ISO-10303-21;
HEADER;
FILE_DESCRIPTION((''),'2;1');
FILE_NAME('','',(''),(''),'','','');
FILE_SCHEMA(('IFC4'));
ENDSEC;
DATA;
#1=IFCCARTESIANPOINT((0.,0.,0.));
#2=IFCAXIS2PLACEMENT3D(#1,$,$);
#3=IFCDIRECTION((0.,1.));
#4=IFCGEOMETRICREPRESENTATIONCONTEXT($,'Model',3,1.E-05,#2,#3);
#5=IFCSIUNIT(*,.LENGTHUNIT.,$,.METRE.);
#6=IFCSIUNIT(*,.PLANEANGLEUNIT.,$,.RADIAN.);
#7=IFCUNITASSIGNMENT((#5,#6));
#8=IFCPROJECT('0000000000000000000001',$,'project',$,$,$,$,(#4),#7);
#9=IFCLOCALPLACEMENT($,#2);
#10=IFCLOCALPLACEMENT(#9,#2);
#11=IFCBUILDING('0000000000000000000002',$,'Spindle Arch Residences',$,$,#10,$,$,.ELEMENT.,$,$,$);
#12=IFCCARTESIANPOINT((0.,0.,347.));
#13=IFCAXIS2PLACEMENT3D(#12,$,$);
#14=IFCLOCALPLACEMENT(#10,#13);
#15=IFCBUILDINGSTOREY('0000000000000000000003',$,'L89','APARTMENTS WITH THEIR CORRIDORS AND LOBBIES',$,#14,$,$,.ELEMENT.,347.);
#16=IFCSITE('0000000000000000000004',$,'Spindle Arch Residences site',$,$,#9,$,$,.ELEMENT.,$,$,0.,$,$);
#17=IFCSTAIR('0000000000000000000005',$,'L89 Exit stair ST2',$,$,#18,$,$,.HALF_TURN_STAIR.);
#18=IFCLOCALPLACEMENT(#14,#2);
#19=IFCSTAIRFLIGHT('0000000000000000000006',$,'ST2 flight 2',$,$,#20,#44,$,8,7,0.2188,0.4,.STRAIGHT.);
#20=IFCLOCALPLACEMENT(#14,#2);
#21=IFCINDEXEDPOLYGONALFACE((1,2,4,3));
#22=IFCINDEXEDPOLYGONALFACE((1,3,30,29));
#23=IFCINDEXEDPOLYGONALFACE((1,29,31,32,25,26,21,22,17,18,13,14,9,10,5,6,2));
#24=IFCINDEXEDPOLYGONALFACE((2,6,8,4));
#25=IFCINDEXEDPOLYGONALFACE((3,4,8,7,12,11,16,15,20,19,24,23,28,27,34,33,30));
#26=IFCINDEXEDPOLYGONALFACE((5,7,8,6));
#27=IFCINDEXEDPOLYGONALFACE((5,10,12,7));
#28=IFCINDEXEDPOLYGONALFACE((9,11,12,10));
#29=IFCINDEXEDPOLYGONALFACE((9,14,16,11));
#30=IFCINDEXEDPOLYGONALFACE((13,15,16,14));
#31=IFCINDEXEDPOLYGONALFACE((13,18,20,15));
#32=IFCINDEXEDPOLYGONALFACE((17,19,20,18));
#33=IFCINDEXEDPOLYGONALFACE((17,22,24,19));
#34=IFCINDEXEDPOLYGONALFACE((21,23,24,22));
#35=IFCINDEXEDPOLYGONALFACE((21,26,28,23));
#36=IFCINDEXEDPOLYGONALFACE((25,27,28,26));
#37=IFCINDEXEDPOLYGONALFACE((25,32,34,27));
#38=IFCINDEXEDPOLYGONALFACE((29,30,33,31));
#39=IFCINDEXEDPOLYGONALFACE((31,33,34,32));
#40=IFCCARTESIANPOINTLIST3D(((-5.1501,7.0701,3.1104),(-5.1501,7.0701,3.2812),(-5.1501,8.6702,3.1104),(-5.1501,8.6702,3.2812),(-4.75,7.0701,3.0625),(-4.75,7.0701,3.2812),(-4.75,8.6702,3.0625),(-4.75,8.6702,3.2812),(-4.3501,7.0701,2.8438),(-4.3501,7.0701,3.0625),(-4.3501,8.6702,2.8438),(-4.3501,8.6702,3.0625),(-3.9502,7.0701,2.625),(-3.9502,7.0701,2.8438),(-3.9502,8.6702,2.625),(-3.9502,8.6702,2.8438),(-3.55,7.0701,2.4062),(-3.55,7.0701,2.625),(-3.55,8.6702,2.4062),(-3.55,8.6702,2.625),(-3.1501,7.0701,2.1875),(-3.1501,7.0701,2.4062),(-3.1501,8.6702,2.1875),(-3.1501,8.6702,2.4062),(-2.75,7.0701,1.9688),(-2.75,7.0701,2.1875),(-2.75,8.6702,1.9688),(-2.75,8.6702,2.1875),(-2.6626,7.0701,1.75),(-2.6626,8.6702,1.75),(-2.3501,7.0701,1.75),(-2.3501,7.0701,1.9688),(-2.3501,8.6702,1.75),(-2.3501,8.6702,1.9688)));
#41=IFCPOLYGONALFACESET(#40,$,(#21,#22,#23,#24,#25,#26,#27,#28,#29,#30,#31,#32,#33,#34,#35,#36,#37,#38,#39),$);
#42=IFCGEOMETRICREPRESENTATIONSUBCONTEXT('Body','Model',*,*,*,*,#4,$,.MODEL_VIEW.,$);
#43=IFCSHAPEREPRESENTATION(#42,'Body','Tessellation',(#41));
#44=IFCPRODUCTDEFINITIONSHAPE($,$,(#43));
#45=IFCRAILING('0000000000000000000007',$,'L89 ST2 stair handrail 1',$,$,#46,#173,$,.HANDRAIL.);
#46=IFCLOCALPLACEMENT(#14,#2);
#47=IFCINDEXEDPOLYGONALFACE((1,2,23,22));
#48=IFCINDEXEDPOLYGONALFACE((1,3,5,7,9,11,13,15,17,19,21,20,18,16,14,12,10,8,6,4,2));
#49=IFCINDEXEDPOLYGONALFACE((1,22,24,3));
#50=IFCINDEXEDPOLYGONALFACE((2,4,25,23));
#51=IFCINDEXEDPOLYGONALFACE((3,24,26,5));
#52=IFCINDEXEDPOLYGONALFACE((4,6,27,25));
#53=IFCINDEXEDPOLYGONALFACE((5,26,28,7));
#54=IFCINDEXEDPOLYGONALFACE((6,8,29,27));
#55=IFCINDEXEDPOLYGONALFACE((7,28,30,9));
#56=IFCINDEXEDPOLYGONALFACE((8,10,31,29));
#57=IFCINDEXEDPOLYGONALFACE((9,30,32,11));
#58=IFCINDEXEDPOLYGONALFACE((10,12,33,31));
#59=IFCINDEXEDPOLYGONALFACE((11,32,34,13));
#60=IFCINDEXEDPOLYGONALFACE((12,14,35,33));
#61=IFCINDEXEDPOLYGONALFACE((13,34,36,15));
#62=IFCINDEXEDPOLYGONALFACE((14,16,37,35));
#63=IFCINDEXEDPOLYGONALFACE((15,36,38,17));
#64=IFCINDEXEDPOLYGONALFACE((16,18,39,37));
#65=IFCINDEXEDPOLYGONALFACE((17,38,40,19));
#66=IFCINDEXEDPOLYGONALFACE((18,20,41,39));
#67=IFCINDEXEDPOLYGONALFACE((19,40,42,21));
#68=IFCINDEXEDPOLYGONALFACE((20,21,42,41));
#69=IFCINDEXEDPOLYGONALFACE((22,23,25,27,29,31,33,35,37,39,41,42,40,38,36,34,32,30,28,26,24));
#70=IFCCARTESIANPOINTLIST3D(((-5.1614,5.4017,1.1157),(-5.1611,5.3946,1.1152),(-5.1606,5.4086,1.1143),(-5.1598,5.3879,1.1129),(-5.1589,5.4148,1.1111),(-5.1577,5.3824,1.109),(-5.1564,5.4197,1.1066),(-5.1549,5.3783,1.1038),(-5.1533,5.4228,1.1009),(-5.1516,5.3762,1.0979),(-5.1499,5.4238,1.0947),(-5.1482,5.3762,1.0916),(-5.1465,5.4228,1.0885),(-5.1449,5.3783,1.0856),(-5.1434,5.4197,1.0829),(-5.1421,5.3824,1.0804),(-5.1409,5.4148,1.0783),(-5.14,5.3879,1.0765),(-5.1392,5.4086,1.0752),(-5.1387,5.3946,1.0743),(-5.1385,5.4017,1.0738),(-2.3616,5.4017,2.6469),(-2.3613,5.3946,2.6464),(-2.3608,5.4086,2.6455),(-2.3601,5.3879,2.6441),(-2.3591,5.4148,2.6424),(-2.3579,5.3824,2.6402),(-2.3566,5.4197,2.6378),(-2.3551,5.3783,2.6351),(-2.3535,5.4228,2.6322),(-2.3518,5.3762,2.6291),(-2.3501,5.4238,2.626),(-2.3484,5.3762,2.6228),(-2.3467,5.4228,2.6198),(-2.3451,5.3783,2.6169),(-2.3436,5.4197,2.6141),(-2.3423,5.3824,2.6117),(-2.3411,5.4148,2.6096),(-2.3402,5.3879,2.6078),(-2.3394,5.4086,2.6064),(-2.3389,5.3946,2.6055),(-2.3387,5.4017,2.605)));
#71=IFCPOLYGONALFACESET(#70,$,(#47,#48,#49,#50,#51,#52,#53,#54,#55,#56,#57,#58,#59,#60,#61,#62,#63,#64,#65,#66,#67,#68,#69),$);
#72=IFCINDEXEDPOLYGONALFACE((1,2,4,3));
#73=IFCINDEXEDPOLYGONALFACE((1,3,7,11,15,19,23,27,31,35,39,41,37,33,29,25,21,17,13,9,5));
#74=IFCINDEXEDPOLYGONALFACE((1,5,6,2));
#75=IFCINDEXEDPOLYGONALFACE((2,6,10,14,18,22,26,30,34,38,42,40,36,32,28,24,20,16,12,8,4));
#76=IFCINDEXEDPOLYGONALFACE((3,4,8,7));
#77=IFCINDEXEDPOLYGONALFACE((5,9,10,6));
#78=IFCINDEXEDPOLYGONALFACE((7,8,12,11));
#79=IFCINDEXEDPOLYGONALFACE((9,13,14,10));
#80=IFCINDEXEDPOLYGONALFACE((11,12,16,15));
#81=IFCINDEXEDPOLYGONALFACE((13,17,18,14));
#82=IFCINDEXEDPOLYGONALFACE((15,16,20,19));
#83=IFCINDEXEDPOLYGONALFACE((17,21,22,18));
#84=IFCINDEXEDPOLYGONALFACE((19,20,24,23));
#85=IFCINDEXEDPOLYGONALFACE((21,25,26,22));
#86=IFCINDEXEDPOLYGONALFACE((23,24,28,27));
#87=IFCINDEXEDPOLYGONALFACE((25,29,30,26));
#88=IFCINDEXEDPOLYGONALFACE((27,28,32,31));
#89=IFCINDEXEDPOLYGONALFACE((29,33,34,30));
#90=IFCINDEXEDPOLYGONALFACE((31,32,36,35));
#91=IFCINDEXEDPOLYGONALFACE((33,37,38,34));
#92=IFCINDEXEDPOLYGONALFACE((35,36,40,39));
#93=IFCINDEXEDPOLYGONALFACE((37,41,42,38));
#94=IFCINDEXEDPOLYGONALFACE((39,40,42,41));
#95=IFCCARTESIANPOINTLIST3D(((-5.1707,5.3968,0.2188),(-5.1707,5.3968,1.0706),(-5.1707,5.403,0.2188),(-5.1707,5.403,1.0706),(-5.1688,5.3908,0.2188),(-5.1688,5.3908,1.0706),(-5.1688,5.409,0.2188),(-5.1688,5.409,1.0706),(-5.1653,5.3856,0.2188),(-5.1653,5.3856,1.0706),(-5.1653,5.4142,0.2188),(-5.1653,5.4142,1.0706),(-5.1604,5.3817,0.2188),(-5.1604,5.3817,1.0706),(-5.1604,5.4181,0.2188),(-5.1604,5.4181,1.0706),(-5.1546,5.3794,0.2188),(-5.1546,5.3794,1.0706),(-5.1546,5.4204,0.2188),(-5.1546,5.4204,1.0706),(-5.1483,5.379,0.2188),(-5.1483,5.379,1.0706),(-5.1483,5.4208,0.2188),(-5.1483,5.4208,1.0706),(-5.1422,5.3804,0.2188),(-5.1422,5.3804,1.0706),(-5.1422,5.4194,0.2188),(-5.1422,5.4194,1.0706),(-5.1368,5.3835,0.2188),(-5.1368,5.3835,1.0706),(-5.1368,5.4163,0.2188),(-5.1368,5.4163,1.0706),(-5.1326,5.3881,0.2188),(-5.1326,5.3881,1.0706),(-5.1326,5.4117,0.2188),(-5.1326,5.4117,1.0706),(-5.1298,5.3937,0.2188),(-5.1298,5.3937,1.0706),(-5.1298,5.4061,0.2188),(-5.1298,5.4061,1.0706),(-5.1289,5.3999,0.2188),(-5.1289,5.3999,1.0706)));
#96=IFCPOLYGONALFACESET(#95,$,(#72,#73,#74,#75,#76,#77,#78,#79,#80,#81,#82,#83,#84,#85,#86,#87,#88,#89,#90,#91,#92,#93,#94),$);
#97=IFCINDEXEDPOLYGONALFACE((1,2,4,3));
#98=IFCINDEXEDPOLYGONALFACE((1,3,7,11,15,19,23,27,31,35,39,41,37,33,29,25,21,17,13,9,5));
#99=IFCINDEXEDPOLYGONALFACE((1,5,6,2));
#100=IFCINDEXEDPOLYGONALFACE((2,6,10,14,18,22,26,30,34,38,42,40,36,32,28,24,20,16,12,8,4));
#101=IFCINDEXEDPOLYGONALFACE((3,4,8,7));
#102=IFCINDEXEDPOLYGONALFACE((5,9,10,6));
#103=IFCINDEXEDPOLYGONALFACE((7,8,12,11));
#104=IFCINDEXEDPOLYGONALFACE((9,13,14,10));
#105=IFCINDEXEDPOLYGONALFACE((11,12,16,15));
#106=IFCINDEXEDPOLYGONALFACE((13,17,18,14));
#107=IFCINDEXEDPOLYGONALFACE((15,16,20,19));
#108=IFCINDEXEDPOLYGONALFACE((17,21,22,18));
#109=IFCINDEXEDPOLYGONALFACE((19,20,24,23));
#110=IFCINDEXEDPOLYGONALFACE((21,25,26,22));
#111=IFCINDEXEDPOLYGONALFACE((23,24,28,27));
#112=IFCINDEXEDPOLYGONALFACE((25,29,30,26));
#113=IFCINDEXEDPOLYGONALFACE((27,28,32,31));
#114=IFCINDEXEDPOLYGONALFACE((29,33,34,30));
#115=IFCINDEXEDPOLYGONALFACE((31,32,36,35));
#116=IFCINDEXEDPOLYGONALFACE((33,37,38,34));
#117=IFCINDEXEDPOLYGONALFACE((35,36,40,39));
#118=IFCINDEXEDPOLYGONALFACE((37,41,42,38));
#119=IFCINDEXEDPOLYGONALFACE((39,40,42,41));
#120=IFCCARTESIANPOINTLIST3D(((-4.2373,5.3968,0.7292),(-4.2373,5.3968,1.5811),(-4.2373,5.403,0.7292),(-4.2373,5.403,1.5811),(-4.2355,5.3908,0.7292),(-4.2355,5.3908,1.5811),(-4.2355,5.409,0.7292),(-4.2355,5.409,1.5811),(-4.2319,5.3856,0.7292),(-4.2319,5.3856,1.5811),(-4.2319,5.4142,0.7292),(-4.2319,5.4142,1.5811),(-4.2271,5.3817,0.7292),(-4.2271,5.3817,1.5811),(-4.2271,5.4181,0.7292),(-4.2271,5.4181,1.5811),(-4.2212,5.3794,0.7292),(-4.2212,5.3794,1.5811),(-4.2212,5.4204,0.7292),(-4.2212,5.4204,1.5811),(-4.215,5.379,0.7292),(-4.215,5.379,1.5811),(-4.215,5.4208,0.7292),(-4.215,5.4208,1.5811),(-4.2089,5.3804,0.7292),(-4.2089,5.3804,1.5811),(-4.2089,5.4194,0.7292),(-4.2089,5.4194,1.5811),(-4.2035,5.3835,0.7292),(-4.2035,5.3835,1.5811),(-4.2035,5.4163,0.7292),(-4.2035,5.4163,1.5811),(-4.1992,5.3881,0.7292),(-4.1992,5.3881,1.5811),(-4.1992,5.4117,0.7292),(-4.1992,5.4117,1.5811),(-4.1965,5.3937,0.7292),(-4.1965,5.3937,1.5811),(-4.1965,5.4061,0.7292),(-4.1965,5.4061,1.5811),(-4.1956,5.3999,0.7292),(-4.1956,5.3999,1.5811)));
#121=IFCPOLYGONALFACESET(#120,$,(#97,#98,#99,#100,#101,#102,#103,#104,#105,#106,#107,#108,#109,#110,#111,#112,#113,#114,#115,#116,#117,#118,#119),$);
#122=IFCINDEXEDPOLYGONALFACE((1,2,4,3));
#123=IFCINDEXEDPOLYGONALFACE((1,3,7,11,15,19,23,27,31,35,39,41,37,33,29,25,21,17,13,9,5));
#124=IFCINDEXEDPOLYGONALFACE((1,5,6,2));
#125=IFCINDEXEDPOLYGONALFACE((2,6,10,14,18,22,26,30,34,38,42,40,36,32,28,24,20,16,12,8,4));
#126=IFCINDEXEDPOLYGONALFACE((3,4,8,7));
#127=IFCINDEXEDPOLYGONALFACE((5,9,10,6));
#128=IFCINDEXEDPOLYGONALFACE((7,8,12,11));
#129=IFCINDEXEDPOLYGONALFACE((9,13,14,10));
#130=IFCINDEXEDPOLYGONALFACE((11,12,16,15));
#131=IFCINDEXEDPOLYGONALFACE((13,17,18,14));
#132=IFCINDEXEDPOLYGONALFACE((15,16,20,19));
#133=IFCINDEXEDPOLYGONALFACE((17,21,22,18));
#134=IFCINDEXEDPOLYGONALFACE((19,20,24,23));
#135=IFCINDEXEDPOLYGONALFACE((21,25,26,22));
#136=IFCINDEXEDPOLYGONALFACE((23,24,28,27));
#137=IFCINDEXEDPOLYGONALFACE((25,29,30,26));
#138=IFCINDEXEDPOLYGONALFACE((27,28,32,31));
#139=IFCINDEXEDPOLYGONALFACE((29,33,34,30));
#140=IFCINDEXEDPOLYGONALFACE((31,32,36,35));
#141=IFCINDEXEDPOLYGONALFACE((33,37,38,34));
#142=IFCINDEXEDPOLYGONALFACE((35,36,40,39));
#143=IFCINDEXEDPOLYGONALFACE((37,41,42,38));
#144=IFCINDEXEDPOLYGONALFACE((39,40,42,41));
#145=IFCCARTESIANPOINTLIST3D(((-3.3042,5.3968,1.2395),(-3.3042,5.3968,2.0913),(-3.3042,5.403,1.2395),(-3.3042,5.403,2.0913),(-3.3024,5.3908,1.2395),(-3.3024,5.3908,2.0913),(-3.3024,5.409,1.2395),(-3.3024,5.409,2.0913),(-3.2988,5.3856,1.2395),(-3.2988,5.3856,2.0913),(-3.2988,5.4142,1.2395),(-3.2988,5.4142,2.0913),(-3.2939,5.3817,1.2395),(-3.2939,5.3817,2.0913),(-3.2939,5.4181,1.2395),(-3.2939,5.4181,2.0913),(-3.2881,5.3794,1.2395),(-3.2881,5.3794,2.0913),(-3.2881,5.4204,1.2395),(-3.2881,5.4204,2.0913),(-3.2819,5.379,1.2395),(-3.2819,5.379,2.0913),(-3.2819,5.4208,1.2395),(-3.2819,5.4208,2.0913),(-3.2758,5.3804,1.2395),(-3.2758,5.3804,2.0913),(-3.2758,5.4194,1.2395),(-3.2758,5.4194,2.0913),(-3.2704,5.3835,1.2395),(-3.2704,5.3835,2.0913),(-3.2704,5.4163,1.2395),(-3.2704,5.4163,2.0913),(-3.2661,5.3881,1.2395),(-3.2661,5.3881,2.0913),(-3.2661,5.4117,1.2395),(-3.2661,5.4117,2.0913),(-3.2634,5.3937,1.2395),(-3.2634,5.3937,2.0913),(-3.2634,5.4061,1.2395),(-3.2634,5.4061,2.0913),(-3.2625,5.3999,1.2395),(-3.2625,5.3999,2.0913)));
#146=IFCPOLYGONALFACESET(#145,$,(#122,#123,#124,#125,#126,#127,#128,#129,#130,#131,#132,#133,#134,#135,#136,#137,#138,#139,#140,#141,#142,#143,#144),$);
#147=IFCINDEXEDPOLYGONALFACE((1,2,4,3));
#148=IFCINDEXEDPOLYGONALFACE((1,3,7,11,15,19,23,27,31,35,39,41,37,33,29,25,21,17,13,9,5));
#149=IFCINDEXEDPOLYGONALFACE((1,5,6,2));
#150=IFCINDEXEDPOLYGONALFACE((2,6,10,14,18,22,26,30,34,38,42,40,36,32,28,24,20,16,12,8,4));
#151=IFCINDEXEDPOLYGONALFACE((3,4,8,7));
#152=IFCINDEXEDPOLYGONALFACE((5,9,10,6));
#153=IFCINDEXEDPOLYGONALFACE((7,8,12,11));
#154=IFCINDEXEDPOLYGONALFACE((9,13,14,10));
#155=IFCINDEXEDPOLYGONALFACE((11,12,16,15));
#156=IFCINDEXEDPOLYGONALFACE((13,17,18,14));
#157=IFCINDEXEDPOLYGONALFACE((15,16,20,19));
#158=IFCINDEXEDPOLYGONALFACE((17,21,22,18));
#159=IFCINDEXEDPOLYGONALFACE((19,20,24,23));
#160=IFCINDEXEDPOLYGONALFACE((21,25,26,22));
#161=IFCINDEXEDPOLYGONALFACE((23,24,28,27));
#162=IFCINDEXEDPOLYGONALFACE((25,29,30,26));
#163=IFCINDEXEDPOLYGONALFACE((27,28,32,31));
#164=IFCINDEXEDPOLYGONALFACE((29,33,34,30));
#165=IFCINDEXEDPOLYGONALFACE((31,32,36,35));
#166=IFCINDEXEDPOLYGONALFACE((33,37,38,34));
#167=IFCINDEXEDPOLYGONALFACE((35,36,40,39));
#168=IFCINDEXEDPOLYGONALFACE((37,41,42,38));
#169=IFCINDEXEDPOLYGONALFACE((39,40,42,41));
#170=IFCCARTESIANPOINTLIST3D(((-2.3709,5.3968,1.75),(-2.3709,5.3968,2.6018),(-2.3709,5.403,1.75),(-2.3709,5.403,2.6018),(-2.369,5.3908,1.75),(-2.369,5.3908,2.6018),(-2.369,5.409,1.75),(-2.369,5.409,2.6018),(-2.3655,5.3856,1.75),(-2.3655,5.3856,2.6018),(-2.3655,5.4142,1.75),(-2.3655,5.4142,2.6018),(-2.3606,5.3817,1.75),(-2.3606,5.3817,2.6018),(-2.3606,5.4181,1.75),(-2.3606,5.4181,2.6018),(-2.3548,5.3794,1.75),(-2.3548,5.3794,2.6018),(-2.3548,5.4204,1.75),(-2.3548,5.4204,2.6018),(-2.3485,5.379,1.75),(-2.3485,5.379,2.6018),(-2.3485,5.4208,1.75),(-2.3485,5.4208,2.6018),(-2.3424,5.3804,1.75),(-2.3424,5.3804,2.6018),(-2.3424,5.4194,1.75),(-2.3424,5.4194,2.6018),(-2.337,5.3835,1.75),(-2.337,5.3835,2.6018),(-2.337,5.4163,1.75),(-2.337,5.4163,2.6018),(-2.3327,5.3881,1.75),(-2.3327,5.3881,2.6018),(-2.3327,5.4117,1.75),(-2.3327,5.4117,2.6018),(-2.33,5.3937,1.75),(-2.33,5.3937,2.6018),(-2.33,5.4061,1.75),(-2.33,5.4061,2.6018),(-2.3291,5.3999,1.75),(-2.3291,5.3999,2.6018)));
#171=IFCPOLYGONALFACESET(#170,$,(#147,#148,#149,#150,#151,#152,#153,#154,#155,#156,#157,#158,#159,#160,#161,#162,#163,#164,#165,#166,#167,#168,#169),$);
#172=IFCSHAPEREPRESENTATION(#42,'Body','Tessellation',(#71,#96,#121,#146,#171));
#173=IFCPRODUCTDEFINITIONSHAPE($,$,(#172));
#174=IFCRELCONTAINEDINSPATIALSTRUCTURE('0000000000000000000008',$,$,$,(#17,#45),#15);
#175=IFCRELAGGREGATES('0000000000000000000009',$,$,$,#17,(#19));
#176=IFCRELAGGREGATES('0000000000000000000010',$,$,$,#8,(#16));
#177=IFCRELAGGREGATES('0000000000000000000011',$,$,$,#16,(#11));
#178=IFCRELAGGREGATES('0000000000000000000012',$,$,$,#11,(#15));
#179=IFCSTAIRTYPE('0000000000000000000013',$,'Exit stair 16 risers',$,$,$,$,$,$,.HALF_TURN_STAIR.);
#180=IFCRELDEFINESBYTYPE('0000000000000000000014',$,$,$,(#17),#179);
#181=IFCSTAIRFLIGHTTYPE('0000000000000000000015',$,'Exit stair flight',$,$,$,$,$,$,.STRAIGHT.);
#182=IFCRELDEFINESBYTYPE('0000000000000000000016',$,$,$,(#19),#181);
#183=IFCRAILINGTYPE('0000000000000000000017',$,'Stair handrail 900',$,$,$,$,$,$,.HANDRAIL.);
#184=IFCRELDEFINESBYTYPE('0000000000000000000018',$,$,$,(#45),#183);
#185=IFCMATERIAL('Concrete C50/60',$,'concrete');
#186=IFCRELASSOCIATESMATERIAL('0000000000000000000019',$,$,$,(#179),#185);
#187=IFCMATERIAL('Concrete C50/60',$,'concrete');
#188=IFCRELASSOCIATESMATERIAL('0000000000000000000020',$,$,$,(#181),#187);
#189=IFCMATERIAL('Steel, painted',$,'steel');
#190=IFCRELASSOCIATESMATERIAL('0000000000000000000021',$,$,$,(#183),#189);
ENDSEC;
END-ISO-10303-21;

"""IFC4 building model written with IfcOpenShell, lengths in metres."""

from ifc_helpers import new_model, si_unit, direction, frame, origin, origin_2d, place, context, subcontext, project, spatial, polyline, circle, outline, extrude, material, type_object, element, aggregate, save


model = new_model("IFC4")

# Units and contexts
model_context = context("Model", 3, precision=1e-05, world=origin(), true_north=direction((0.0, 1.0)))
body_context = subcontext(model_context, "Body", "Model", "MODEL_VIEW")
ifc_project = project(units=[si_unit("LENGTHUNIT", "METRE"), si_unit("PLANEANGLEUNIT", "RADIAN")], contexts=[model_context])

# Site, building, storey
site_placement = place(None, origin())
site = spatial("IfcSite", under=ifc_project, at=site_placement, Name="Spindle Arch Residences site", CompositionType="ELEMENT", RefElevation=0.0)
building_placement = place(site_placement, origin())
building = spatial("IfcBuilding", under=site, at=building_placement, Name="Spindle Arch Residences", CompositionType="ELEMENT")
storey_placement = place(building_placement, frame((0.0, 0.0, 347.0)))
storey = spatial("IfcBuildingStorey", under=building, at=storey_placement, Name="L89", Description="APARTMENTS WITH THEIR CORRIDORS AND LOBBIES", CompositionType="ELEMENT", Elevation=347.0)

# Stair, stair flight
ifc_material_1 = material(Name="Concrete C50/60", Category="concrete")
stair_type = type_object("IfcStairType", Name="Exit stair 16 risers", PredefinedType="HALF_TURN_STAIR", material=ifc_material_1)
stair_placement = place(storey_placement, origin())
stair = element("IfcStair", 1, at=stair_placement, inside=storey, type_object=stair_type, Name="L89 Exit stair ST2", PredefinedType="HALF_TURN_STAIR")
ifc_material_2 = material(Name="Concrete C50/60", Category="concrete")
stair_flight_type = type_object("IfcStairFlightType", Name="Exit stair flight", PredefinedType="STRAIGHT", material=ifc_material_2)
stair_flight_1_placement = place(storey_placement, frame((-2.3501, 7.8701, 1.75), z_axis=(0.0, 0.0, 1.0), x_axis=(-1.0, 0.0, 0.0)))
stair_flight_1 = element("IfcStairFlight", 2, at=stair_flight_1_placement, type_object=stair_flight_type, Name="ST2 flight 2", NumberOfRisers=8, NumberOfTreads=7, PredefinedType="STRAIGHT", RiserHeight=0.2188, TreadLength=0.4, context=body_context, shape_type="SweptSolid", body=[
    extrude(outline(polyline([(0.0, 0.0), (0.0, 0.2188), (0.3999, 0.2188), (0.3999, 0.4375), (0.8, 0.4375), (0.8, 0.6562), (1.2, 0.6562), (1.2, 0.875), (1.6001, 0.875), (1.6001, 1.0938), (2.0, 1.0938), (2.0, 1.3125), (2.3999, 1.3125), (2.3999, 1.5312), (2.8, 1.5312), (2.8, 1.75), (2.8, 1.3604), (0.3125, 0.0), (0.0, 0.0)])), frame((0.0, 0.8, 0.0), z_axis=(0.0, -1.0, 0.0), x_axis=(1.0, 0.0, 0.0)), (0.0, 0.0, 1.0), 1.6001),
])
aggregate(stair, [stair_flight_1])

# Railing
ifc_material_3 = material(Name="Steel, painted", Category="steel")
railing_type_1 = type_object("IfcRailingType", Name="Stair handrail 900", PredefinedType="HANDRAIL", material=ifc_material_3)
railing_1_placement = place(storey_placement, frame((-5.1499, 5.3999, 0.2188)))
element("IfcRailing", 3, at=railing_1_placement, inside=storey, type_object=railing_type_1, Name="L89 ST2 stair handrail 1", PredefinedType="HANDRAIL", context=body_context, shape_type="SweptSolid", body=[
    extrude(circle(Radius=0.0239, at=origin_2d()), frame((0.0, 0.0, 0.876), z_axis=(0.877357, 0.0, 0.479838), x_axis=(0.0, 1.0, 0.0)), (0.0, 0.0, 1.0), 3.1912),
    extrude(circle(Radius=0.021, at=origin_2d()), origin(), (0.0, 0.0, 1.0), 0.8518),
    extrude(circle(Radius=0.021, at=origin_2d()), frame((0.9333, 0.0, 0.5105)), (0.0, 0.0, 1.0), 0.8518),
    extrude(circle(Radius=0.021, at=origin_2d()), frame((1.8665, 0.0, 1.0208)), (0.0, 0.0, 1.0), 0.8518),
    extrude(circle(Radius=0.021, at=origin_2d()), frame((2.7998, 0.0, 1.5312)), (0.0, 0.0, 1.0), 0.8518),
])

save(model, "model.ifc")
